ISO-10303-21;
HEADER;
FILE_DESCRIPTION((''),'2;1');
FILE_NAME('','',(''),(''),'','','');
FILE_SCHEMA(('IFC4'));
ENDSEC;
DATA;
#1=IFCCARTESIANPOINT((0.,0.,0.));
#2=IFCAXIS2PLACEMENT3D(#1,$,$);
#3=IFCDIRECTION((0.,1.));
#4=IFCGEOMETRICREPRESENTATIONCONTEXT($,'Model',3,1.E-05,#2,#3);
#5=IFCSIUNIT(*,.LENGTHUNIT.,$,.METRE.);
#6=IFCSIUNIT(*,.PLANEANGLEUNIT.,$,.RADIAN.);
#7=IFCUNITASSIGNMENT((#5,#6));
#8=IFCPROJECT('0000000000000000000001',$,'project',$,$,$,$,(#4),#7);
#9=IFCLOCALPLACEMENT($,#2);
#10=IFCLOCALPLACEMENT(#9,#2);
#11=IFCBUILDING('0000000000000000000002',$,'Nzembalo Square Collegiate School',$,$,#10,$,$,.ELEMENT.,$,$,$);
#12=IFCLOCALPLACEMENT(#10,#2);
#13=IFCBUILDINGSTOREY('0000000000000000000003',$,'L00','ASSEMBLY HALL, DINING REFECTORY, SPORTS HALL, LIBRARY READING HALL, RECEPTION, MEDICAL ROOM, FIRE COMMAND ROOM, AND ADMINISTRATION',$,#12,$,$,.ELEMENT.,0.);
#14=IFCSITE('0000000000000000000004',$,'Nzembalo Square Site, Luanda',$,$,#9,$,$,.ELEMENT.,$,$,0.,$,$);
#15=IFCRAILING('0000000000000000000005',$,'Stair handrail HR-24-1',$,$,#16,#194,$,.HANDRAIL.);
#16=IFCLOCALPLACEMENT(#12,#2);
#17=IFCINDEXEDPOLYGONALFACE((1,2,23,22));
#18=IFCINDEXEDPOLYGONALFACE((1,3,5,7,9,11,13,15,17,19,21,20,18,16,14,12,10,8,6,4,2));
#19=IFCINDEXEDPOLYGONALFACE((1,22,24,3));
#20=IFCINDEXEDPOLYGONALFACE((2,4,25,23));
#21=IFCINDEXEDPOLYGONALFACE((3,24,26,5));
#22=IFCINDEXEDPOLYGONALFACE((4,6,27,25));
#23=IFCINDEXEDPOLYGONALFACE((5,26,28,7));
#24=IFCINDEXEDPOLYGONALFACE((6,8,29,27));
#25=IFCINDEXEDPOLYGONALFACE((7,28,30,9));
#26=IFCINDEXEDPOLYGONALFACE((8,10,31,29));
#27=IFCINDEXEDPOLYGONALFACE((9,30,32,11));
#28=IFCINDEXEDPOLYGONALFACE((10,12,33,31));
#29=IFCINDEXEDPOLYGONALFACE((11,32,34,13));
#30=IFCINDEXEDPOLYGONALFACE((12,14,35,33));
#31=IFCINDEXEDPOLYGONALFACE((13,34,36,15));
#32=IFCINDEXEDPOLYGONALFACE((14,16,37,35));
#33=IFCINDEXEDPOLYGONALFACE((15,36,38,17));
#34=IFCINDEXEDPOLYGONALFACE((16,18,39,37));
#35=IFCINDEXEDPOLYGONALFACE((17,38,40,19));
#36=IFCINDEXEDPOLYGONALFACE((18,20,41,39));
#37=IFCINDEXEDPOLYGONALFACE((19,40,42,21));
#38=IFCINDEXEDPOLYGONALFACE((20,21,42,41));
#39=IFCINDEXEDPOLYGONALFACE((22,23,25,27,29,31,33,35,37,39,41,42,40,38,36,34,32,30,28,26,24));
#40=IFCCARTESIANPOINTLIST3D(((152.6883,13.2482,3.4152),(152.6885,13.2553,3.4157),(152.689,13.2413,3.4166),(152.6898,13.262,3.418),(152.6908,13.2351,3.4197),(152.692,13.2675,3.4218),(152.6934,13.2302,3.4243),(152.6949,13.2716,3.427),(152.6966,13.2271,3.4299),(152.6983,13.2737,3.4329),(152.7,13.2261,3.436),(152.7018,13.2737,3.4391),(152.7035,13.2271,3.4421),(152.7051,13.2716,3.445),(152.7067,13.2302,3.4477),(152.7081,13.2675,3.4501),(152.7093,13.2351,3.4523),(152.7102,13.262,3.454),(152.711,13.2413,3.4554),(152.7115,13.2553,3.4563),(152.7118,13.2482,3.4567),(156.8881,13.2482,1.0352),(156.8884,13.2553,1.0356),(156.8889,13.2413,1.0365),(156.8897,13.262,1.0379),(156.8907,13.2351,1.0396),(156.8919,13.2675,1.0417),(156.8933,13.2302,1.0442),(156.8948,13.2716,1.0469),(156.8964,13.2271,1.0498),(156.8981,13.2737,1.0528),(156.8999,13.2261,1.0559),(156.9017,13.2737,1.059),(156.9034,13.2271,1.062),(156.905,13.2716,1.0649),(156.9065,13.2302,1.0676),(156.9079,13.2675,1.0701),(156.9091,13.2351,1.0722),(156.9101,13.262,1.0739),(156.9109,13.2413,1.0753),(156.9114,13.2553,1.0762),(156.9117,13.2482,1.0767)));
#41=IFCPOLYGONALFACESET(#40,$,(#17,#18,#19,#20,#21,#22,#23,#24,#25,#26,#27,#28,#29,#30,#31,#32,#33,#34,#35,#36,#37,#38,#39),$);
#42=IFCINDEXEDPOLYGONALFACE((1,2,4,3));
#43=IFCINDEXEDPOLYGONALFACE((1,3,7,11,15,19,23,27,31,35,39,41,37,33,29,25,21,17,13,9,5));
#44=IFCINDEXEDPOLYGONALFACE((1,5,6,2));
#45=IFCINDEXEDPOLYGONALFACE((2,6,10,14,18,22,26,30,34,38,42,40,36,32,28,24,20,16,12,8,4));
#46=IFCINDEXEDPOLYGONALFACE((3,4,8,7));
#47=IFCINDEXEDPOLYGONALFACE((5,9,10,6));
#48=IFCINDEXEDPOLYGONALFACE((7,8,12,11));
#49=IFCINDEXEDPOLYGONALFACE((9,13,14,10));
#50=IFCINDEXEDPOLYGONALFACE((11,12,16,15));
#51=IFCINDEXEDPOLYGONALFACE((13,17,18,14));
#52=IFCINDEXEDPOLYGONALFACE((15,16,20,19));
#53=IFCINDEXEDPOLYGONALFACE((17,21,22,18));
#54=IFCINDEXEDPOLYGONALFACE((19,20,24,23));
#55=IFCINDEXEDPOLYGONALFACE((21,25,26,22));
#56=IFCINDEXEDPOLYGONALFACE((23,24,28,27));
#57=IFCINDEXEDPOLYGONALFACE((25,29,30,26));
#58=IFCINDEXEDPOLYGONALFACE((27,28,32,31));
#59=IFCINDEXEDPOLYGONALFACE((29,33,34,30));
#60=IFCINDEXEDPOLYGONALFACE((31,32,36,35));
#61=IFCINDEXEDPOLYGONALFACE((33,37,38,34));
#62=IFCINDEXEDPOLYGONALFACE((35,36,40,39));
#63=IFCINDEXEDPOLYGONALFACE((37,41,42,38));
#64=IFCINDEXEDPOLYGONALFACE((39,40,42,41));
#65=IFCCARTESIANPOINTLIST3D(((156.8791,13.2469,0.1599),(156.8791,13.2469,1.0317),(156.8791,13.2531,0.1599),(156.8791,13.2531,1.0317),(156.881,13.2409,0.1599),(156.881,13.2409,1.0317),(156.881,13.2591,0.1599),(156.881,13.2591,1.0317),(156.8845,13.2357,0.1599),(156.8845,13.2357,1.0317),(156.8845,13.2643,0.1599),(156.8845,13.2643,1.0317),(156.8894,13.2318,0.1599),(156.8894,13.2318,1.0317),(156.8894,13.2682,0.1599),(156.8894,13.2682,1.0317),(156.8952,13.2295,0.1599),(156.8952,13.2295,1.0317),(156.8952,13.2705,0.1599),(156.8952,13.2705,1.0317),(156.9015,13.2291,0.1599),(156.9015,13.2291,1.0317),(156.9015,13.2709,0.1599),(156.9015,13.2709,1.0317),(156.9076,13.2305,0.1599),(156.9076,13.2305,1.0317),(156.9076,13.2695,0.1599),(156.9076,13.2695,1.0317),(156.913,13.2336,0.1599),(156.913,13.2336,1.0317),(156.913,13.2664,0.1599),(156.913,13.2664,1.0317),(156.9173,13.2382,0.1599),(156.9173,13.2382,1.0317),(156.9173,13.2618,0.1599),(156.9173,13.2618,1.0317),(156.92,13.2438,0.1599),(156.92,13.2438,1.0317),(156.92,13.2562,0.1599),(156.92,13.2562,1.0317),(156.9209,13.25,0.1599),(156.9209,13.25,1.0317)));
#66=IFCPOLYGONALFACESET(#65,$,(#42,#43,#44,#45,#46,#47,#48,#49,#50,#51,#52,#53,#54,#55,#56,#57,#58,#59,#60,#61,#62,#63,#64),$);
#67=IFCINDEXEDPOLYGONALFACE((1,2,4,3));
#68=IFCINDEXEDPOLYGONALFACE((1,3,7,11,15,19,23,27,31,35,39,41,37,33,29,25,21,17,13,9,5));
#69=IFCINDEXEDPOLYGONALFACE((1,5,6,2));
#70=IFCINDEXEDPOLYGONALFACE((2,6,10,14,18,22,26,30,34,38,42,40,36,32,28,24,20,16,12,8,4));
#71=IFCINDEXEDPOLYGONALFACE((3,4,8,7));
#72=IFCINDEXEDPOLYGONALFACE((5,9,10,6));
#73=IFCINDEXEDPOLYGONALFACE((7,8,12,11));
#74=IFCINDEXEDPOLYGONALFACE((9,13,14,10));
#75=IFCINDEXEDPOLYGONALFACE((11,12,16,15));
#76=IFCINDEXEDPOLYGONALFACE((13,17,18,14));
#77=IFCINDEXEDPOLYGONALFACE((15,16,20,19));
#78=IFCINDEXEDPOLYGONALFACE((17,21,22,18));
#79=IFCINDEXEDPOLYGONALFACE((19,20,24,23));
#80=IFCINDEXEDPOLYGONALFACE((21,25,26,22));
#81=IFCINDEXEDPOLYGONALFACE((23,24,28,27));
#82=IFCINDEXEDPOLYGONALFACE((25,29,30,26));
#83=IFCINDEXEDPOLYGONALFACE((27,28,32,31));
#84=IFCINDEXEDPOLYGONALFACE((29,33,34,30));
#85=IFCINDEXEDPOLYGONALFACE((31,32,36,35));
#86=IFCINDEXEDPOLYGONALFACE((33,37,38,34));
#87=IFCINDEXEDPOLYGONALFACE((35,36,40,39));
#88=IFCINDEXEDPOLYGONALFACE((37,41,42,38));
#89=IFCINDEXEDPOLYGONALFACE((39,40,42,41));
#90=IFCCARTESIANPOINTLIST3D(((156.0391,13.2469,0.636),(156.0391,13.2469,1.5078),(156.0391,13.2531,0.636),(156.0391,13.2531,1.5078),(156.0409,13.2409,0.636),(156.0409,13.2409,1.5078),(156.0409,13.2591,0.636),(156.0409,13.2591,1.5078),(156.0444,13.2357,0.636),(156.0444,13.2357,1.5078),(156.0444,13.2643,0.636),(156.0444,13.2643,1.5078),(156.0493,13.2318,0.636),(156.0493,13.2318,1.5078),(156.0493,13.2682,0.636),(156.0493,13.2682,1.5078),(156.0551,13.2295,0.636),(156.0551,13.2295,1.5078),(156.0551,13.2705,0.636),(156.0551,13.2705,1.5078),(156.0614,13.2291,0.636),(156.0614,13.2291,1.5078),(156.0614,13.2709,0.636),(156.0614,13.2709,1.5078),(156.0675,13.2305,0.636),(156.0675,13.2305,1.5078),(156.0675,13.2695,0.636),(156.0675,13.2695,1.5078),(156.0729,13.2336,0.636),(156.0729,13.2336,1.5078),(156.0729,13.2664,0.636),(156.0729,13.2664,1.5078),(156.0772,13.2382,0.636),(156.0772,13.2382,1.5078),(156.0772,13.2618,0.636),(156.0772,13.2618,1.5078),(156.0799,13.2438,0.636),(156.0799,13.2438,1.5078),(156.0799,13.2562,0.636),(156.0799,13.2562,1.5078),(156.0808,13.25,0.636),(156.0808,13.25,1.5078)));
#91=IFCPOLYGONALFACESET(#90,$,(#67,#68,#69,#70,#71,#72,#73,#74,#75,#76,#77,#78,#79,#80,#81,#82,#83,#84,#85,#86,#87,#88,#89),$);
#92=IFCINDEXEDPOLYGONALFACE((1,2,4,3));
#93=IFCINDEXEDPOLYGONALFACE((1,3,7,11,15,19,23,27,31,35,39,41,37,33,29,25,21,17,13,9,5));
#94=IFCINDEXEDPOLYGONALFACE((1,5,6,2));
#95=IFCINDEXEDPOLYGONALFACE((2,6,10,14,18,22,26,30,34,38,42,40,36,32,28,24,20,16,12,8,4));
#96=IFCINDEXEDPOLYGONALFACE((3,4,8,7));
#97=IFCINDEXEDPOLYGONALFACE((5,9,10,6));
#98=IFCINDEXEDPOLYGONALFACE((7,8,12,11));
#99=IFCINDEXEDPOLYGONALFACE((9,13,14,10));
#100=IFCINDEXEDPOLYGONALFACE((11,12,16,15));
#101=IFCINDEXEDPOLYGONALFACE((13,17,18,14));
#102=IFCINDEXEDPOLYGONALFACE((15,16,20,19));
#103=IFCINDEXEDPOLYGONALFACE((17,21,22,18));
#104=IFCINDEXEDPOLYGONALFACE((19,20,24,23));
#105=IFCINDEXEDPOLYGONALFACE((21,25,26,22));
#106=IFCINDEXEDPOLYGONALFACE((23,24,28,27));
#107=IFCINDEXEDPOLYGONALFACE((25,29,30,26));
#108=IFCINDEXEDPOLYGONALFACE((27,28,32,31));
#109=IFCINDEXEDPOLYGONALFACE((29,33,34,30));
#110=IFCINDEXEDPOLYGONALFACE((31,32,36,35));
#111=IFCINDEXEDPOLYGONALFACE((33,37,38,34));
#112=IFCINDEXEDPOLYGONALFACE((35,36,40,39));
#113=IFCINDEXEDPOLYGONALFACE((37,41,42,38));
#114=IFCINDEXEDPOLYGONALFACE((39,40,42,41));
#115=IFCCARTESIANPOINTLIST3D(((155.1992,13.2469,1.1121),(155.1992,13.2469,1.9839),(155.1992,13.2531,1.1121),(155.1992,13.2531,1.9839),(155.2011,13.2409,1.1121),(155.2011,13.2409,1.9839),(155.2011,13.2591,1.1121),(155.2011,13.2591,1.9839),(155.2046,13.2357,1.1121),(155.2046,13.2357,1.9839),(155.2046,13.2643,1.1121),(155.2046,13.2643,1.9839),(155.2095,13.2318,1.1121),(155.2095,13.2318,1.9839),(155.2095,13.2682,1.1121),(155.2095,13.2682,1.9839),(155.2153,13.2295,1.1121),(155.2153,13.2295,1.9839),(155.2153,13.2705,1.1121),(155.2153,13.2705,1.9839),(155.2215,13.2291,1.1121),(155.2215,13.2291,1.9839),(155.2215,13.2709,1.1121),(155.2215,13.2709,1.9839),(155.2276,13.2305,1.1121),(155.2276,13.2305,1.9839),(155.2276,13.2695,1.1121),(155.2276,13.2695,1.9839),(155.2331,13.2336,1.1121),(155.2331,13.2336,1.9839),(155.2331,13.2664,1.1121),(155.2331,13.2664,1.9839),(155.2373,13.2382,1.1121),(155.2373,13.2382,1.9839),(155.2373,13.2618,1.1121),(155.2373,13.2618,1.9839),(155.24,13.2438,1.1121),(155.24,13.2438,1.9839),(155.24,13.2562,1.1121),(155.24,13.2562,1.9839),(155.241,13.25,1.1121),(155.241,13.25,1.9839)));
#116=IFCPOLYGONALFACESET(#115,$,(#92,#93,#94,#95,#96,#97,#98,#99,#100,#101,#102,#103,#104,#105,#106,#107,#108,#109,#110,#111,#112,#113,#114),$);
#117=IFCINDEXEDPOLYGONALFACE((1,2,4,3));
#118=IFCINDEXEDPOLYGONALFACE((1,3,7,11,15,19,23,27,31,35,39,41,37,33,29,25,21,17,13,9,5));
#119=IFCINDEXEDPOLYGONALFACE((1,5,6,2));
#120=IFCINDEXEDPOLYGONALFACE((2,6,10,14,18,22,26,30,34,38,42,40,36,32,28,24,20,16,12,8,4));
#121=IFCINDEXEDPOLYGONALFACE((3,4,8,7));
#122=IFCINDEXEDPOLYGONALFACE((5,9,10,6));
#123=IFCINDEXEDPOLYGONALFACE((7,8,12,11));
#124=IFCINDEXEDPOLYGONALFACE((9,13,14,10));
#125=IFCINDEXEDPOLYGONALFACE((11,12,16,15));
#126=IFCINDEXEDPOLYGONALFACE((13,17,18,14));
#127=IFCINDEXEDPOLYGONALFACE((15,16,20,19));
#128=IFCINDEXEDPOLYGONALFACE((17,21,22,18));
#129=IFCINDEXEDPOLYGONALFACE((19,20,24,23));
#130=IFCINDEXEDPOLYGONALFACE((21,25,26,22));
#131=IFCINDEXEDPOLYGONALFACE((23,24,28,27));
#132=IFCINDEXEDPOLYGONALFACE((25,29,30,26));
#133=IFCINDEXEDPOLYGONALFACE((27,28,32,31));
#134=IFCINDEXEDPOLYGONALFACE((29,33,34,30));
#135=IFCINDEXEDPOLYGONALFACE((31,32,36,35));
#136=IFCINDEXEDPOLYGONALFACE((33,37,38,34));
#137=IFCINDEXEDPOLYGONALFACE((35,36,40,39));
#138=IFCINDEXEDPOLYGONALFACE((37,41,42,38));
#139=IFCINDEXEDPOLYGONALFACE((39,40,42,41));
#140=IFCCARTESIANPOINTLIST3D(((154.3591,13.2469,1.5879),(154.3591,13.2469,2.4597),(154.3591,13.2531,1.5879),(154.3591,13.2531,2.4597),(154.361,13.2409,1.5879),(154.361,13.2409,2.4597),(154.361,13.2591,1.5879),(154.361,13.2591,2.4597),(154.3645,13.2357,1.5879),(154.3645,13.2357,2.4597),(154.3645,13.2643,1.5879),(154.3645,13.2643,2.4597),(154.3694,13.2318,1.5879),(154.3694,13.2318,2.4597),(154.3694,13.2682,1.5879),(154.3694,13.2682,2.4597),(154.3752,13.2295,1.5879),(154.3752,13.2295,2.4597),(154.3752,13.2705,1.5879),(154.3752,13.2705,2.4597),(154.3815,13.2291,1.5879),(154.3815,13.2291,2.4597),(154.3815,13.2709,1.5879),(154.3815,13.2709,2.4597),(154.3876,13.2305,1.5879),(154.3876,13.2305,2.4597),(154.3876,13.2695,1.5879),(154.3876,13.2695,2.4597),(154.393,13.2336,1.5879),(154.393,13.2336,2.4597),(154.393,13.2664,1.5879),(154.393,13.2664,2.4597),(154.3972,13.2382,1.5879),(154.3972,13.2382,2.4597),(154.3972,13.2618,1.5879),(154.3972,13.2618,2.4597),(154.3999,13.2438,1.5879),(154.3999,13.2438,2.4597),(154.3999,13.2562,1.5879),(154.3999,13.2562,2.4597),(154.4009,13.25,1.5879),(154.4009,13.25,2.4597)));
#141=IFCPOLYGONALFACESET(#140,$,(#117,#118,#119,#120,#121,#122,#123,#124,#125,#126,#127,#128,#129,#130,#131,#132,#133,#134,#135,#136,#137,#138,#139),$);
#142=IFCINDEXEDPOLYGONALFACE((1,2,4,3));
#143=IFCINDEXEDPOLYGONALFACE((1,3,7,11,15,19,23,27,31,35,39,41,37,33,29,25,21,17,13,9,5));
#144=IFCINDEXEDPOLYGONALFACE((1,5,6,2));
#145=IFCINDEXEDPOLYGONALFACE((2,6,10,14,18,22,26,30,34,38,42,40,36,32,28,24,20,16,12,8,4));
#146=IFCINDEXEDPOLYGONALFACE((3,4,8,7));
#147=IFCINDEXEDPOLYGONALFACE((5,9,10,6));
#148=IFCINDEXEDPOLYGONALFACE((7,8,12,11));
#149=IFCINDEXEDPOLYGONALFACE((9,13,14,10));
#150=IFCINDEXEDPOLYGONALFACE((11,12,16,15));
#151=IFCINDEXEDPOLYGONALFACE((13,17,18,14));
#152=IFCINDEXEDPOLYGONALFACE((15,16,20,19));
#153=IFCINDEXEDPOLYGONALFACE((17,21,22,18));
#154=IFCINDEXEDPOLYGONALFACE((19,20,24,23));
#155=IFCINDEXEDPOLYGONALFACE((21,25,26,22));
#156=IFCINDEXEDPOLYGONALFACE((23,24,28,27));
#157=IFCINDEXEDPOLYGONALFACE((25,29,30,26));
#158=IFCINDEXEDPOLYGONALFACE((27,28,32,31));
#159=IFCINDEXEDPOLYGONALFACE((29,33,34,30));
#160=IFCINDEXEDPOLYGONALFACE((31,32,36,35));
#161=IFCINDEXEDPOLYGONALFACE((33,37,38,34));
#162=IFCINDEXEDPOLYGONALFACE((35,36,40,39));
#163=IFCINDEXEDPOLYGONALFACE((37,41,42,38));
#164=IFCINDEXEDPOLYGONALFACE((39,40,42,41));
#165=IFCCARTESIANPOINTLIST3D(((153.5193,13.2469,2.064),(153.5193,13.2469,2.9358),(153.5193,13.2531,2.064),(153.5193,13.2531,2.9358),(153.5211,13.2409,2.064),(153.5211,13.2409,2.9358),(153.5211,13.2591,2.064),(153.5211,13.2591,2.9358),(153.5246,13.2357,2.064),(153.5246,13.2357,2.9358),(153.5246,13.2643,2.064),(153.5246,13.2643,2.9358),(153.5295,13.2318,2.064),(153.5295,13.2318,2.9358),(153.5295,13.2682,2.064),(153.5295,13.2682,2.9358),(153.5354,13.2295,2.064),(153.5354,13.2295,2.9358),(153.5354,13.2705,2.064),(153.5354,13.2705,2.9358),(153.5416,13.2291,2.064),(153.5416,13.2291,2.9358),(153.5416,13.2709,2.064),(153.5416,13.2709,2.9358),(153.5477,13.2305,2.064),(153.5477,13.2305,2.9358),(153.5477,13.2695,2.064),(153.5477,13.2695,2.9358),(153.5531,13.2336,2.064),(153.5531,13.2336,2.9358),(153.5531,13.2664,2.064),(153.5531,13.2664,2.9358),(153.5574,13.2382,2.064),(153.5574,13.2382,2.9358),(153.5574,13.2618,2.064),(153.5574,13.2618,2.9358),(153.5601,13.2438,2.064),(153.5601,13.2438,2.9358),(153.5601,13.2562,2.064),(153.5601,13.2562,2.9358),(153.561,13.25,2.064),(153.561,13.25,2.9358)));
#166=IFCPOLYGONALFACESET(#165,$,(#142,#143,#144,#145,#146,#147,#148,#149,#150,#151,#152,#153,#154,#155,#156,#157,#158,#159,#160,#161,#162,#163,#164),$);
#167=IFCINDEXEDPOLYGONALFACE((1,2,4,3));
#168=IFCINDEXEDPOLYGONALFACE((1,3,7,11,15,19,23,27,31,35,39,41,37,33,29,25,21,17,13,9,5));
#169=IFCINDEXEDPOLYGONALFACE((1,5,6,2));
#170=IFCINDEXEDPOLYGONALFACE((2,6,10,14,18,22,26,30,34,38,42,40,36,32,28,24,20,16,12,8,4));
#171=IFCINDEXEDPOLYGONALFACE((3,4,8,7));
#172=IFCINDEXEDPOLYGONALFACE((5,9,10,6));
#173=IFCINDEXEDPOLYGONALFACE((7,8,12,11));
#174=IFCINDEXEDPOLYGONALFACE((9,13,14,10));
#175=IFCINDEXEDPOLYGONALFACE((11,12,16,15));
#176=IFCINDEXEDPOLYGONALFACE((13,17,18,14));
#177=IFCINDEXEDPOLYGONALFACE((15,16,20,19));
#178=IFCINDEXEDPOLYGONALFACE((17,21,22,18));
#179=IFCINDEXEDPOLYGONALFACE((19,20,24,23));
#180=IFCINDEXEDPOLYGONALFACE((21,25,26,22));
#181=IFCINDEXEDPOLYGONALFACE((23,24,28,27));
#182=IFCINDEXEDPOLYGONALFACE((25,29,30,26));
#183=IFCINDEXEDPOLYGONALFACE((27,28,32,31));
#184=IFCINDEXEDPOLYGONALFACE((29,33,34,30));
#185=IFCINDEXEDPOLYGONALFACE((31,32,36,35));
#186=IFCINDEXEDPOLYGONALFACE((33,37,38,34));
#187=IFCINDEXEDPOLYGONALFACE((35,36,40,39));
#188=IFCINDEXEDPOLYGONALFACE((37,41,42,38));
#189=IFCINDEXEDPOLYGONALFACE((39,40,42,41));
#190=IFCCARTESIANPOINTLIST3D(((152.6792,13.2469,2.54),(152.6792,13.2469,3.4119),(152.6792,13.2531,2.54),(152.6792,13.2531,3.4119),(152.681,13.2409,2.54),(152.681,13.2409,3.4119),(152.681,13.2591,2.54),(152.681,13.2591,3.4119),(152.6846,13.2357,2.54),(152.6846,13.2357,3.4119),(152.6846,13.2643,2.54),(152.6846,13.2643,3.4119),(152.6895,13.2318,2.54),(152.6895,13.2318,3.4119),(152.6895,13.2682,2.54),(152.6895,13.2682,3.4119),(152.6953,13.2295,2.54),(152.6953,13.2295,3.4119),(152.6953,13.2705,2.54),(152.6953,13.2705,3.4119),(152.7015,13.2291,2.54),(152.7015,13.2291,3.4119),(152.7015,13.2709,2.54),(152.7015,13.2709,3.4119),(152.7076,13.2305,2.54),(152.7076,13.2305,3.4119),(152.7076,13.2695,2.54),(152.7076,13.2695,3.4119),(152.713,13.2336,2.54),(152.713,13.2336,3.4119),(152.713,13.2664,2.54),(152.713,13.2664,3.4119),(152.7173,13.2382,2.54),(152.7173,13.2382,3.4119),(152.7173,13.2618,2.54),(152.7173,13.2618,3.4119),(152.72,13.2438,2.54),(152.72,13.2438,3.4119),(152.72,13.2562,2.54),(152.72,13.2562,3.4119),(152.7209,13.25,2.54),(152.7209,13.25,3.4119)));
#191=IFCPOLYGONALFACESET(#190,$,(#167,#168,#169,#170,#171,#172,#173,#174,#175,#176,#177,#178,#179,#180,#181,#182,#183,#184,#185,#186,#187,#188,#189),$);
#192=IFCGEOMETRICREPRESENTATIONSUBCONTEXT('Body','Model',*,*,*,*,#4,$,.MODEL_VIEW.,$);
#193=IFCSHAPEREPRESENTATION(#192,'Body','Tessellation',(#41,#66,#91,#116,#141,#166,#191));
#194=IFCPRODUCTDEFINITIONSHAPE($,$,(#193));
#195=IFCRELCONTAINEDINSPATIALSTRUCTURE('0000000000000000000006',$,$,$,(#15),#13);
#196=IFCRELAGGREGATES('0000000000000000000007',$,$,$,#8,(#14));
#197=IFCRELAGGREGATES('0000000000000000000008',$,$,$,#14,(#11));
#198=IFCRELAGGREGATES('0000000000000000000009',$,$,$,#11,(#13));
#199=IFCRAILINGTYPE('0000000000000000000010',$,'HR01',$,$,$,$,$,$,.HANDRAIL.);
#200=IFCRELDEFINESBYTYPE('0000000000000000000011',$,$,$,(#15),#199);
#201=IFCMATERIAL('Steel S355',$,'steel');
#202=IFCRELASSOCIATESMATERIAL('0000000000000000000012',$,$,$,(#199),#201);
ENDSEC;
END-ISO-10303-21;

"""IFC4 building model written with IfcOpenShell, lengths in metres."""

from ifc_helpers import new_model, si_unit, direction, frame, origin, origin_2d, place, context, subcontext, project, spatial, circle, extrude, material, type_object, element, save


model = new_model("IFC4")

# Units and contexts
model_context = context("Model", 3, precision=1e-05, world=origin(), true_north=direction((0.0, 1.0)))
body_context = subcontext(model_context, "Body", "Model", "MODEL_VIEW")
ifc_project = project(units=[si_unit("LENGTHUNIT", "METRE"), si_unit("PLANEANGLEUNIT", "RADIAN")], contexts=[model_context])

# Site, building, storey
site_placement = place(None, origin())
site = spatial("IfcSite", under=ifc_project, at=site_placement, Name="Nzembalo Square Site, Luanda", CompositionType="ELEMENT", RefElevation=0.0)
building_placement = place(site_placement, origin())
building = spatial("IfcBuilding", under=site, at=building_placement, Name="Nzembalo Square Collegiate School", CompositionType="ELEMENT")
storey_placement = place(building_placement, origin())
storey = spatial("IfcBuildingStorey", under=building, at=storey_placement, Name="L00", Description="ASSEMBLY HALL, DINING REFECTORY, SPORTS HALL, LIBRARY READING HALL, RECEPTION, MEDICAL ROOM, FIRE COMMAND ROOM, AND ADMINISTRATION", CompositionType="ELEMENT", Elevation=0.0)

# Railing
ifc_material_1 = material(Name="Steel S355", Category="steel")
railing_type_1 = type_object("IfcRailingType", Name="HR01", PredefinedType="HANDRAIL", material=ifc_material_1)
railing_1_placement = place(storey_placement, frame((156.8999, 13.25, 0.1599)))
element("IfcRailing", 1, at=railing_1_placement, inside=storey, type_object=railing_type_1, Name="Stair handrail HR-24-1", PredefinedType="HANDRAIL", context=body_context, shape_type="SweptSolid", body=[
    extrude(circle(Radius=0.0239, at=origin_2d()), frame((0.0, 0.0, 0.896), z_axis=(-0.870008, 0.0, 0.493037), x_axis=(0.0, -1.0, 0.0)), (0.0, 0.0, 1.0), 4.8274),
    extrude(circle(Radius=0.021, at=origin_2d()), origin(), (0.0, 0.0, 1.0), 0.8718),
    extrude(circle(Radius=0.021, at=origin_2d()), frame((-0.8401, 0.0, 0.4761)), (0.0, 0.0, 1.0), 0.8718),
    extrude(circle(Radius=0.021, at=origin_2d()), frame((-1.6799, 0.0, 0.9521)), (0.0, 0.0, 1.0), 0.8718),
    extrude(circle(Radius=0.021, at=origin_2d()), frame((-2.52, 0.0, 1.428)), (0.0, 0.0, 1.0), 0.8718),
    extrude(circle(Radius=0.021, at=origin_2d()), frame((-3.3599, 0.0, 1.9041)), (0.0, 0.0, 1.0), 0.8718),
    extrude(circle(Radius=0.021, at=origin_2d()), frame((-4.2, 0.0, 2.3801)), (0.0, 0.0, 1.0), 0.8718),
])

save(model, "model.ifc")
